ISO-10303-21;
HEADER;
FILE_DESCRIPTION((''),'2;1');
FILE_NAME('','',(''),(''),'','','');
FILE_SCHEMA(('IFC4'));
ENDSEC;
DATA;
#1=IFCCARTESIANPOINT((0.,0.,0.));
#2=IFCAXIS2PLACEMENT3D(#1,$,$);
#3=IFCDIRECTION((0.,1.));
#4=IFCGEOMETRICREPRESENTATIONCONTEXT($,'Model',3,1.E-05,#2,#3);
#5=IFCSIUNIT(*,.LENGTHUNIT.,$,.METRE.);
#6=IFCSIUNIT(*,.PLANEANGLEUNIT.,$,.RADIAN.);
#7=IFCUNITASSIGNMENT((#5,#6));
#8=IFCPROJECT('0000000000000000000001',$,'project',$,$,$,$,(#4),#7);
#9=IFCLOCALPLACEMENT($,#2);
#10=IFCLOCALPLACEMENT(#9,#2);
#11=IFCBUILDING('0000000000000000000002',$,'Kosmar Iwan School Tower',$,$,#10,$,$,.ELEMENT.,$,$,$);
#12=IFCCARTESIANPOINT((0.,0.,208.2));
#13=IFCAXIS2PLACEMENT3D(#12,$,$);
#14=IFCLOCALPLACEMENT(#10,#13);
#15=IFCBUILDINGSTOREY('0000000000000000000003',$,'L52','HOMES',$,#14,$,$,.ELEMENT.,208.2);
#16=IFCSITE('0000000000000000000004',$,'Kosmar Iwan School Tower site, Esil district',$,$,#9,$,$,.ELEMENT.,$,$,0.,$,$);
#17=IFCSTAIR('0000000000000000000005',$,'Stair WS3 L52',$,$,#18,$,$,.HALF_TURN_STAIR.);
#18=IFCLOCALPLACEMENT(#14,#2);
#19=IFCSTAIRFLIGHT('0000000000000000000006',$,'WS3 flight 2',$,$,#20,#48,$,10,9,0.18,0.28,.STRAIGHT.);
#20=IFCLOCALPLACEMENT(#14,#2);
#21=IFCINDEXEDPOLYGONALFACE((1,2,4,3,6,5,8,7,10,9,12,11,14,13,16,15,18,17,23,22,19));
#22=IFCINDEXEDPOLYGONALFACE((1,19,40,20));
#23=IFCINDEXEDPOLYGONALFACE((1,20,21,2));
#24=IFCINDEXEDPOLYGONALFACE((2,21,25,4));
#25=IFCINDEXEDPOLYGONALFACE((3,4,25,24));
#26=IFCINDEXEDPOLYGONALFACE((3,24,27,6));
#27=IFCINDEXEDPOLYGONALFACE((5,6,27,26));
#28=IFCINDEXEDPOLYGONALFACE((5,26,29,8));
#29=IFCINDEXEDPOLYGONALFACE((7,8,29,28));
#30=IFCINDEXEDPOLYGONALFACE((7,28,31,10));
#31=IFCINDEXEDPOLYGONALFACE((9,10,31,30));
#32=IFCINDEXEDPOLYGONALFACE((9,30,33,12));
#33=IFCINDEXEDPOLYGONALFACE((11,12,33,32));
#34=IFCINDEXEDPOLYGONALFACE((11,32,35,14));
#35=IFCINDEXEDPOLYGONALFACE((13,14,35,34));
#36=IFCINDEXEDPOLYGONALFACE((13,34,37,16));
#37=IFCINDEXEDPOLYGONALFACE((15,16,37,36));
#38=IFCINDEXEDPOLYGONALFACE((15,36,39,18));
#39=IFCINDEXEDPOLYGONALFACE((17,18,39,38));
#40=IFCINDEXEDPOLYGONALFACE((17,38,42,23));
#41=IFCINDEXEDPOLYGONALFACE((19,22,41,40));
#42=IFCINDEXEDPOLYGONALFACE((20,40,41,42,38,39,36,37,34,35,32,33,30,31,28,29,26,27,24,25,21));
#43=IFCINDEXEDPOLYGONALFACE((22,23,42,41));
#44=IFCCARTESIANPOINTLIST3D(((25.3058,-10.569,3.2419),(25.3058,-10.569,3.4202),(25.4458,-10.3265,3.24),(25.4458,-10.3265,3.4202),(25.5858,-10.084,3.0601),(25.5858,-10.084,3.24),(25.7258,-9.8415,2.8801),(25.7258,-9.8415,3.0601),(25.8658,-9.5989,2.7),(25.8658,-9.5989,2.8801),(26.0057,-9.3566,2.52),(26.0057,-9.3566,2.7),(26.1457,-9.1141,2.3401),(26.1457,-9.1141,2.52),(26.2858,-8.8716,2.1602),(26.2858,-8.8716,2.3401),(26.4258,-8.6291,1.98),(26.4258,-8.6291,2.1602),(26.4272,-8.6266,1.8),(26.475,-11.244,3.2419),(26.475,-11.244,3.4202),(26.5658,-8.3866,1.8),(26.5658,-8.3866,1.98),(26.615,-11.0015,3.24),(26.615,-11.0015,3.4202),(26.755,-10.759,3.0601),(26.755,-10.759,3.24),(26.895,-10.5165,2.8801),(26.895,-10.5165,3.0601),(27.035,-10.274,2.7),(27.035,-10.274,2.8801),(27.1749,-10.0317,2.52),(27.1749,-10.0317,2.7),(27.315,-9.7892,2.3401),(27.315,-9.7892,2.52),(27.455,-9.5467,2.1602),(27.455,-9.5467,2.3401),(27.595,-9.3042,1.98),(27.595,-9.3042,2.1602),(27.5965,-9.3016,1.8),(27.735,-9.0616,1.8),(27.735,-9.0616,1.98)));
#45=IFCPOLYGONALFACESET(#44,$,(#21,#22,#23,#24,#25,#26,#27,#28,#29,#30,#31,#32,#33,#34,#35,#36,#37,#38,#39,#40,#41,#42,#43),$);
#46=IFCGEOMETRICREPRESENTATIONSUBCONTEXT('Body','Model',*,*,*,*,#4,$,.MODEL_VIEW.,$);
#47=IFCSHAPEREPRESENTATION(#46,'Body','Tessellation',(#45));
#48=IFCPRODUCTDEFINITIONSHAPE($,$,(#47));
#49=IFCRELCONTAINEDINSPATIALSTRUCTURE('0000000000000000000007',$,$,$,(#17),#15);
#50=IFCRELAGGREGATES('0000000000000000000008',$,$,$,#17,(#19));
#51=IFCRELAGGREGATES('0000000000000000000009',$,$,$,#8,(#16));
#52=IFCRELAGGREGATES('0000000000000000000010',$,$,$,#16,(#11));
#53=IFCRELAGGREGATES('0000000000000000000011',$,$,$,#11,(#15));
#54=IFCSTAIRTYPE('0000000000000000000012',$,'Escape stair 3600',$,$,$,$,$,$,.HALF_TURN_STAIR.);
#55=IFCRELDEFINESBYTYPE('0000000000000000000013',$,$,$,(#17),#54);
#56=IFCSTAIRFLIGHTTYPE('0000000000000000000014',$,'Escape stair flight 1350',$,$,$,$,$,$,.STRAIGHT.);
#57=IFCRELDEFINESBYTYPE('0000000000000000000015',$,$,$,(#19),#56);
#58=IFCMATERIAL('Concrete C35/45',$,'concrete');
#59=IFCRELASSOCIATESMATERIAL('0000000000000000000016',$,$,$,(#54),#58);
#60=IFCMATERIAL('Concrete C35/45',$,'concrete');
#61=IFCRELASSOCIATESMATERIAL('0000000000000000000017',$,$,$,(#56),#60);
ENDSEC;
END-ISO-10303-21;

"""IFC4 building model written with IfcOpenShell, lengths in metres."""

from ifc_helpers import new_model, si_unit, direction, frame, origin, place, context, subcontext, project, spatial, polyline, outline, extrude, material, type_object, element, aggregate, save


model = new_model("IFC4")

# Units and contexts
model_context = context("Model", 3, precision=1e-05, world=origin(), true_north=direction((0.0, 1.0)))
body_context = subcontext(model_context, "Body", "Model", "MODEL_VIEW")
ifc_project = project(units=[si_unit("LENGTHUNIT", "METRE"), si_unit("PLANEANGLEUNIT", "RADIAN")], contexts=[model_context])

# Site, building, storey
site_placement = place(None, origin())
site = spatial("IfcSite", under=ifc_project, at=site_placement, Name="Kosmar Iwan School Tower site, Esil district", CompositionType="ELEMENT", RefElevation=0.0)
building_placement = place(site_placement, origin())
building = spatial("IfcBuilding", under=site, at=building_placement, Name="Kosmar Iwan School Tower", CompositionType="ELEMENT")
storey_placement = place(building_placement, frame((0.0, 0.0, 208.2)))
storey = spatial("IfcBuildingStorey", under=building, at=storey_placement, Name="L52", Description="HOMES", CompositionType="ELEMENT", Elevation=208.2)

# Stair, stair flight
ifc_material_1 = material(Name="Concrete C35/45", Category="concrete")
stair_type = type_object("IfcStairType", Name="Escape stair 3600", PredefinedType="HALF_TURN_STAIR", material=ifc_material_1)
stair_placement = place(storey_placement, origin())
stair = element("IfcStair", 1, at=stair_placement, inside=storey, type_object=stair_type, Name="Stair WS3 L52", PredefinedType="HALF_TURN_STAIR")
ifc_material_2 = material(Name="Concrete C35/45", Category="concrete")
stair_flight_type = type_object("IfcStairFlightType", Name="Escape stair flight 1350", PredefinedType="STRAIGHT", material=ifc_material_2)
stair_flight_1_placement = place(storey_placement, frame((27.1504, -8.7241, 1.8), z_axis=(0.0, 0.0, 1.0), x_axis=(-0.5, -0.866025, 0.0)))
stair_flight_1 = element("IfcStairFlight", 2, at=stair_flight_1_placement, type_object=stair_flight_type, Name="WS3 flight 2", NumberOfRisers=10, NumberOfTreads=9, PredefinedType="STRAIGHT", RiserHeight=0.18, TreadLength=0.28, context=body_context, shape_type="SweptSolid", body=[
    extrude(outline(polyline([(0.0, 0.0), (0.0, 0.1799), (0.28, 0.1799), (0.28, 0.3601), (0.5601, 0.3601), (0.5601, 0.54), (0.8401, 0.54), (0.8401, 0.72), (1.1201, 0.72), (1.1201, 0.8999), (1.3999, 0.8999), (1.3999, 1.0801), (1.6799, 1.0801), (1.6799, 1.26), (1.96, 1.26), (1.96, 1.4399), (2.24, 1.4399), (2.24, 1.6201), (2.52, 1.6201), (2.52, 1.8), (2.52, 1.4419), (0.2771, 0.0), (0.0, 0.0)])), frame((0.0, 0.675, 0.0), z_axis=(0.0, -1.0, 0.0), x_axis=(1.0, 0.0, 0.0)), (0.0, 0.0, 1.0), 1.3501),
])
aggregate(stair, [stair_flight_1])

save(model, "model.ifc")
